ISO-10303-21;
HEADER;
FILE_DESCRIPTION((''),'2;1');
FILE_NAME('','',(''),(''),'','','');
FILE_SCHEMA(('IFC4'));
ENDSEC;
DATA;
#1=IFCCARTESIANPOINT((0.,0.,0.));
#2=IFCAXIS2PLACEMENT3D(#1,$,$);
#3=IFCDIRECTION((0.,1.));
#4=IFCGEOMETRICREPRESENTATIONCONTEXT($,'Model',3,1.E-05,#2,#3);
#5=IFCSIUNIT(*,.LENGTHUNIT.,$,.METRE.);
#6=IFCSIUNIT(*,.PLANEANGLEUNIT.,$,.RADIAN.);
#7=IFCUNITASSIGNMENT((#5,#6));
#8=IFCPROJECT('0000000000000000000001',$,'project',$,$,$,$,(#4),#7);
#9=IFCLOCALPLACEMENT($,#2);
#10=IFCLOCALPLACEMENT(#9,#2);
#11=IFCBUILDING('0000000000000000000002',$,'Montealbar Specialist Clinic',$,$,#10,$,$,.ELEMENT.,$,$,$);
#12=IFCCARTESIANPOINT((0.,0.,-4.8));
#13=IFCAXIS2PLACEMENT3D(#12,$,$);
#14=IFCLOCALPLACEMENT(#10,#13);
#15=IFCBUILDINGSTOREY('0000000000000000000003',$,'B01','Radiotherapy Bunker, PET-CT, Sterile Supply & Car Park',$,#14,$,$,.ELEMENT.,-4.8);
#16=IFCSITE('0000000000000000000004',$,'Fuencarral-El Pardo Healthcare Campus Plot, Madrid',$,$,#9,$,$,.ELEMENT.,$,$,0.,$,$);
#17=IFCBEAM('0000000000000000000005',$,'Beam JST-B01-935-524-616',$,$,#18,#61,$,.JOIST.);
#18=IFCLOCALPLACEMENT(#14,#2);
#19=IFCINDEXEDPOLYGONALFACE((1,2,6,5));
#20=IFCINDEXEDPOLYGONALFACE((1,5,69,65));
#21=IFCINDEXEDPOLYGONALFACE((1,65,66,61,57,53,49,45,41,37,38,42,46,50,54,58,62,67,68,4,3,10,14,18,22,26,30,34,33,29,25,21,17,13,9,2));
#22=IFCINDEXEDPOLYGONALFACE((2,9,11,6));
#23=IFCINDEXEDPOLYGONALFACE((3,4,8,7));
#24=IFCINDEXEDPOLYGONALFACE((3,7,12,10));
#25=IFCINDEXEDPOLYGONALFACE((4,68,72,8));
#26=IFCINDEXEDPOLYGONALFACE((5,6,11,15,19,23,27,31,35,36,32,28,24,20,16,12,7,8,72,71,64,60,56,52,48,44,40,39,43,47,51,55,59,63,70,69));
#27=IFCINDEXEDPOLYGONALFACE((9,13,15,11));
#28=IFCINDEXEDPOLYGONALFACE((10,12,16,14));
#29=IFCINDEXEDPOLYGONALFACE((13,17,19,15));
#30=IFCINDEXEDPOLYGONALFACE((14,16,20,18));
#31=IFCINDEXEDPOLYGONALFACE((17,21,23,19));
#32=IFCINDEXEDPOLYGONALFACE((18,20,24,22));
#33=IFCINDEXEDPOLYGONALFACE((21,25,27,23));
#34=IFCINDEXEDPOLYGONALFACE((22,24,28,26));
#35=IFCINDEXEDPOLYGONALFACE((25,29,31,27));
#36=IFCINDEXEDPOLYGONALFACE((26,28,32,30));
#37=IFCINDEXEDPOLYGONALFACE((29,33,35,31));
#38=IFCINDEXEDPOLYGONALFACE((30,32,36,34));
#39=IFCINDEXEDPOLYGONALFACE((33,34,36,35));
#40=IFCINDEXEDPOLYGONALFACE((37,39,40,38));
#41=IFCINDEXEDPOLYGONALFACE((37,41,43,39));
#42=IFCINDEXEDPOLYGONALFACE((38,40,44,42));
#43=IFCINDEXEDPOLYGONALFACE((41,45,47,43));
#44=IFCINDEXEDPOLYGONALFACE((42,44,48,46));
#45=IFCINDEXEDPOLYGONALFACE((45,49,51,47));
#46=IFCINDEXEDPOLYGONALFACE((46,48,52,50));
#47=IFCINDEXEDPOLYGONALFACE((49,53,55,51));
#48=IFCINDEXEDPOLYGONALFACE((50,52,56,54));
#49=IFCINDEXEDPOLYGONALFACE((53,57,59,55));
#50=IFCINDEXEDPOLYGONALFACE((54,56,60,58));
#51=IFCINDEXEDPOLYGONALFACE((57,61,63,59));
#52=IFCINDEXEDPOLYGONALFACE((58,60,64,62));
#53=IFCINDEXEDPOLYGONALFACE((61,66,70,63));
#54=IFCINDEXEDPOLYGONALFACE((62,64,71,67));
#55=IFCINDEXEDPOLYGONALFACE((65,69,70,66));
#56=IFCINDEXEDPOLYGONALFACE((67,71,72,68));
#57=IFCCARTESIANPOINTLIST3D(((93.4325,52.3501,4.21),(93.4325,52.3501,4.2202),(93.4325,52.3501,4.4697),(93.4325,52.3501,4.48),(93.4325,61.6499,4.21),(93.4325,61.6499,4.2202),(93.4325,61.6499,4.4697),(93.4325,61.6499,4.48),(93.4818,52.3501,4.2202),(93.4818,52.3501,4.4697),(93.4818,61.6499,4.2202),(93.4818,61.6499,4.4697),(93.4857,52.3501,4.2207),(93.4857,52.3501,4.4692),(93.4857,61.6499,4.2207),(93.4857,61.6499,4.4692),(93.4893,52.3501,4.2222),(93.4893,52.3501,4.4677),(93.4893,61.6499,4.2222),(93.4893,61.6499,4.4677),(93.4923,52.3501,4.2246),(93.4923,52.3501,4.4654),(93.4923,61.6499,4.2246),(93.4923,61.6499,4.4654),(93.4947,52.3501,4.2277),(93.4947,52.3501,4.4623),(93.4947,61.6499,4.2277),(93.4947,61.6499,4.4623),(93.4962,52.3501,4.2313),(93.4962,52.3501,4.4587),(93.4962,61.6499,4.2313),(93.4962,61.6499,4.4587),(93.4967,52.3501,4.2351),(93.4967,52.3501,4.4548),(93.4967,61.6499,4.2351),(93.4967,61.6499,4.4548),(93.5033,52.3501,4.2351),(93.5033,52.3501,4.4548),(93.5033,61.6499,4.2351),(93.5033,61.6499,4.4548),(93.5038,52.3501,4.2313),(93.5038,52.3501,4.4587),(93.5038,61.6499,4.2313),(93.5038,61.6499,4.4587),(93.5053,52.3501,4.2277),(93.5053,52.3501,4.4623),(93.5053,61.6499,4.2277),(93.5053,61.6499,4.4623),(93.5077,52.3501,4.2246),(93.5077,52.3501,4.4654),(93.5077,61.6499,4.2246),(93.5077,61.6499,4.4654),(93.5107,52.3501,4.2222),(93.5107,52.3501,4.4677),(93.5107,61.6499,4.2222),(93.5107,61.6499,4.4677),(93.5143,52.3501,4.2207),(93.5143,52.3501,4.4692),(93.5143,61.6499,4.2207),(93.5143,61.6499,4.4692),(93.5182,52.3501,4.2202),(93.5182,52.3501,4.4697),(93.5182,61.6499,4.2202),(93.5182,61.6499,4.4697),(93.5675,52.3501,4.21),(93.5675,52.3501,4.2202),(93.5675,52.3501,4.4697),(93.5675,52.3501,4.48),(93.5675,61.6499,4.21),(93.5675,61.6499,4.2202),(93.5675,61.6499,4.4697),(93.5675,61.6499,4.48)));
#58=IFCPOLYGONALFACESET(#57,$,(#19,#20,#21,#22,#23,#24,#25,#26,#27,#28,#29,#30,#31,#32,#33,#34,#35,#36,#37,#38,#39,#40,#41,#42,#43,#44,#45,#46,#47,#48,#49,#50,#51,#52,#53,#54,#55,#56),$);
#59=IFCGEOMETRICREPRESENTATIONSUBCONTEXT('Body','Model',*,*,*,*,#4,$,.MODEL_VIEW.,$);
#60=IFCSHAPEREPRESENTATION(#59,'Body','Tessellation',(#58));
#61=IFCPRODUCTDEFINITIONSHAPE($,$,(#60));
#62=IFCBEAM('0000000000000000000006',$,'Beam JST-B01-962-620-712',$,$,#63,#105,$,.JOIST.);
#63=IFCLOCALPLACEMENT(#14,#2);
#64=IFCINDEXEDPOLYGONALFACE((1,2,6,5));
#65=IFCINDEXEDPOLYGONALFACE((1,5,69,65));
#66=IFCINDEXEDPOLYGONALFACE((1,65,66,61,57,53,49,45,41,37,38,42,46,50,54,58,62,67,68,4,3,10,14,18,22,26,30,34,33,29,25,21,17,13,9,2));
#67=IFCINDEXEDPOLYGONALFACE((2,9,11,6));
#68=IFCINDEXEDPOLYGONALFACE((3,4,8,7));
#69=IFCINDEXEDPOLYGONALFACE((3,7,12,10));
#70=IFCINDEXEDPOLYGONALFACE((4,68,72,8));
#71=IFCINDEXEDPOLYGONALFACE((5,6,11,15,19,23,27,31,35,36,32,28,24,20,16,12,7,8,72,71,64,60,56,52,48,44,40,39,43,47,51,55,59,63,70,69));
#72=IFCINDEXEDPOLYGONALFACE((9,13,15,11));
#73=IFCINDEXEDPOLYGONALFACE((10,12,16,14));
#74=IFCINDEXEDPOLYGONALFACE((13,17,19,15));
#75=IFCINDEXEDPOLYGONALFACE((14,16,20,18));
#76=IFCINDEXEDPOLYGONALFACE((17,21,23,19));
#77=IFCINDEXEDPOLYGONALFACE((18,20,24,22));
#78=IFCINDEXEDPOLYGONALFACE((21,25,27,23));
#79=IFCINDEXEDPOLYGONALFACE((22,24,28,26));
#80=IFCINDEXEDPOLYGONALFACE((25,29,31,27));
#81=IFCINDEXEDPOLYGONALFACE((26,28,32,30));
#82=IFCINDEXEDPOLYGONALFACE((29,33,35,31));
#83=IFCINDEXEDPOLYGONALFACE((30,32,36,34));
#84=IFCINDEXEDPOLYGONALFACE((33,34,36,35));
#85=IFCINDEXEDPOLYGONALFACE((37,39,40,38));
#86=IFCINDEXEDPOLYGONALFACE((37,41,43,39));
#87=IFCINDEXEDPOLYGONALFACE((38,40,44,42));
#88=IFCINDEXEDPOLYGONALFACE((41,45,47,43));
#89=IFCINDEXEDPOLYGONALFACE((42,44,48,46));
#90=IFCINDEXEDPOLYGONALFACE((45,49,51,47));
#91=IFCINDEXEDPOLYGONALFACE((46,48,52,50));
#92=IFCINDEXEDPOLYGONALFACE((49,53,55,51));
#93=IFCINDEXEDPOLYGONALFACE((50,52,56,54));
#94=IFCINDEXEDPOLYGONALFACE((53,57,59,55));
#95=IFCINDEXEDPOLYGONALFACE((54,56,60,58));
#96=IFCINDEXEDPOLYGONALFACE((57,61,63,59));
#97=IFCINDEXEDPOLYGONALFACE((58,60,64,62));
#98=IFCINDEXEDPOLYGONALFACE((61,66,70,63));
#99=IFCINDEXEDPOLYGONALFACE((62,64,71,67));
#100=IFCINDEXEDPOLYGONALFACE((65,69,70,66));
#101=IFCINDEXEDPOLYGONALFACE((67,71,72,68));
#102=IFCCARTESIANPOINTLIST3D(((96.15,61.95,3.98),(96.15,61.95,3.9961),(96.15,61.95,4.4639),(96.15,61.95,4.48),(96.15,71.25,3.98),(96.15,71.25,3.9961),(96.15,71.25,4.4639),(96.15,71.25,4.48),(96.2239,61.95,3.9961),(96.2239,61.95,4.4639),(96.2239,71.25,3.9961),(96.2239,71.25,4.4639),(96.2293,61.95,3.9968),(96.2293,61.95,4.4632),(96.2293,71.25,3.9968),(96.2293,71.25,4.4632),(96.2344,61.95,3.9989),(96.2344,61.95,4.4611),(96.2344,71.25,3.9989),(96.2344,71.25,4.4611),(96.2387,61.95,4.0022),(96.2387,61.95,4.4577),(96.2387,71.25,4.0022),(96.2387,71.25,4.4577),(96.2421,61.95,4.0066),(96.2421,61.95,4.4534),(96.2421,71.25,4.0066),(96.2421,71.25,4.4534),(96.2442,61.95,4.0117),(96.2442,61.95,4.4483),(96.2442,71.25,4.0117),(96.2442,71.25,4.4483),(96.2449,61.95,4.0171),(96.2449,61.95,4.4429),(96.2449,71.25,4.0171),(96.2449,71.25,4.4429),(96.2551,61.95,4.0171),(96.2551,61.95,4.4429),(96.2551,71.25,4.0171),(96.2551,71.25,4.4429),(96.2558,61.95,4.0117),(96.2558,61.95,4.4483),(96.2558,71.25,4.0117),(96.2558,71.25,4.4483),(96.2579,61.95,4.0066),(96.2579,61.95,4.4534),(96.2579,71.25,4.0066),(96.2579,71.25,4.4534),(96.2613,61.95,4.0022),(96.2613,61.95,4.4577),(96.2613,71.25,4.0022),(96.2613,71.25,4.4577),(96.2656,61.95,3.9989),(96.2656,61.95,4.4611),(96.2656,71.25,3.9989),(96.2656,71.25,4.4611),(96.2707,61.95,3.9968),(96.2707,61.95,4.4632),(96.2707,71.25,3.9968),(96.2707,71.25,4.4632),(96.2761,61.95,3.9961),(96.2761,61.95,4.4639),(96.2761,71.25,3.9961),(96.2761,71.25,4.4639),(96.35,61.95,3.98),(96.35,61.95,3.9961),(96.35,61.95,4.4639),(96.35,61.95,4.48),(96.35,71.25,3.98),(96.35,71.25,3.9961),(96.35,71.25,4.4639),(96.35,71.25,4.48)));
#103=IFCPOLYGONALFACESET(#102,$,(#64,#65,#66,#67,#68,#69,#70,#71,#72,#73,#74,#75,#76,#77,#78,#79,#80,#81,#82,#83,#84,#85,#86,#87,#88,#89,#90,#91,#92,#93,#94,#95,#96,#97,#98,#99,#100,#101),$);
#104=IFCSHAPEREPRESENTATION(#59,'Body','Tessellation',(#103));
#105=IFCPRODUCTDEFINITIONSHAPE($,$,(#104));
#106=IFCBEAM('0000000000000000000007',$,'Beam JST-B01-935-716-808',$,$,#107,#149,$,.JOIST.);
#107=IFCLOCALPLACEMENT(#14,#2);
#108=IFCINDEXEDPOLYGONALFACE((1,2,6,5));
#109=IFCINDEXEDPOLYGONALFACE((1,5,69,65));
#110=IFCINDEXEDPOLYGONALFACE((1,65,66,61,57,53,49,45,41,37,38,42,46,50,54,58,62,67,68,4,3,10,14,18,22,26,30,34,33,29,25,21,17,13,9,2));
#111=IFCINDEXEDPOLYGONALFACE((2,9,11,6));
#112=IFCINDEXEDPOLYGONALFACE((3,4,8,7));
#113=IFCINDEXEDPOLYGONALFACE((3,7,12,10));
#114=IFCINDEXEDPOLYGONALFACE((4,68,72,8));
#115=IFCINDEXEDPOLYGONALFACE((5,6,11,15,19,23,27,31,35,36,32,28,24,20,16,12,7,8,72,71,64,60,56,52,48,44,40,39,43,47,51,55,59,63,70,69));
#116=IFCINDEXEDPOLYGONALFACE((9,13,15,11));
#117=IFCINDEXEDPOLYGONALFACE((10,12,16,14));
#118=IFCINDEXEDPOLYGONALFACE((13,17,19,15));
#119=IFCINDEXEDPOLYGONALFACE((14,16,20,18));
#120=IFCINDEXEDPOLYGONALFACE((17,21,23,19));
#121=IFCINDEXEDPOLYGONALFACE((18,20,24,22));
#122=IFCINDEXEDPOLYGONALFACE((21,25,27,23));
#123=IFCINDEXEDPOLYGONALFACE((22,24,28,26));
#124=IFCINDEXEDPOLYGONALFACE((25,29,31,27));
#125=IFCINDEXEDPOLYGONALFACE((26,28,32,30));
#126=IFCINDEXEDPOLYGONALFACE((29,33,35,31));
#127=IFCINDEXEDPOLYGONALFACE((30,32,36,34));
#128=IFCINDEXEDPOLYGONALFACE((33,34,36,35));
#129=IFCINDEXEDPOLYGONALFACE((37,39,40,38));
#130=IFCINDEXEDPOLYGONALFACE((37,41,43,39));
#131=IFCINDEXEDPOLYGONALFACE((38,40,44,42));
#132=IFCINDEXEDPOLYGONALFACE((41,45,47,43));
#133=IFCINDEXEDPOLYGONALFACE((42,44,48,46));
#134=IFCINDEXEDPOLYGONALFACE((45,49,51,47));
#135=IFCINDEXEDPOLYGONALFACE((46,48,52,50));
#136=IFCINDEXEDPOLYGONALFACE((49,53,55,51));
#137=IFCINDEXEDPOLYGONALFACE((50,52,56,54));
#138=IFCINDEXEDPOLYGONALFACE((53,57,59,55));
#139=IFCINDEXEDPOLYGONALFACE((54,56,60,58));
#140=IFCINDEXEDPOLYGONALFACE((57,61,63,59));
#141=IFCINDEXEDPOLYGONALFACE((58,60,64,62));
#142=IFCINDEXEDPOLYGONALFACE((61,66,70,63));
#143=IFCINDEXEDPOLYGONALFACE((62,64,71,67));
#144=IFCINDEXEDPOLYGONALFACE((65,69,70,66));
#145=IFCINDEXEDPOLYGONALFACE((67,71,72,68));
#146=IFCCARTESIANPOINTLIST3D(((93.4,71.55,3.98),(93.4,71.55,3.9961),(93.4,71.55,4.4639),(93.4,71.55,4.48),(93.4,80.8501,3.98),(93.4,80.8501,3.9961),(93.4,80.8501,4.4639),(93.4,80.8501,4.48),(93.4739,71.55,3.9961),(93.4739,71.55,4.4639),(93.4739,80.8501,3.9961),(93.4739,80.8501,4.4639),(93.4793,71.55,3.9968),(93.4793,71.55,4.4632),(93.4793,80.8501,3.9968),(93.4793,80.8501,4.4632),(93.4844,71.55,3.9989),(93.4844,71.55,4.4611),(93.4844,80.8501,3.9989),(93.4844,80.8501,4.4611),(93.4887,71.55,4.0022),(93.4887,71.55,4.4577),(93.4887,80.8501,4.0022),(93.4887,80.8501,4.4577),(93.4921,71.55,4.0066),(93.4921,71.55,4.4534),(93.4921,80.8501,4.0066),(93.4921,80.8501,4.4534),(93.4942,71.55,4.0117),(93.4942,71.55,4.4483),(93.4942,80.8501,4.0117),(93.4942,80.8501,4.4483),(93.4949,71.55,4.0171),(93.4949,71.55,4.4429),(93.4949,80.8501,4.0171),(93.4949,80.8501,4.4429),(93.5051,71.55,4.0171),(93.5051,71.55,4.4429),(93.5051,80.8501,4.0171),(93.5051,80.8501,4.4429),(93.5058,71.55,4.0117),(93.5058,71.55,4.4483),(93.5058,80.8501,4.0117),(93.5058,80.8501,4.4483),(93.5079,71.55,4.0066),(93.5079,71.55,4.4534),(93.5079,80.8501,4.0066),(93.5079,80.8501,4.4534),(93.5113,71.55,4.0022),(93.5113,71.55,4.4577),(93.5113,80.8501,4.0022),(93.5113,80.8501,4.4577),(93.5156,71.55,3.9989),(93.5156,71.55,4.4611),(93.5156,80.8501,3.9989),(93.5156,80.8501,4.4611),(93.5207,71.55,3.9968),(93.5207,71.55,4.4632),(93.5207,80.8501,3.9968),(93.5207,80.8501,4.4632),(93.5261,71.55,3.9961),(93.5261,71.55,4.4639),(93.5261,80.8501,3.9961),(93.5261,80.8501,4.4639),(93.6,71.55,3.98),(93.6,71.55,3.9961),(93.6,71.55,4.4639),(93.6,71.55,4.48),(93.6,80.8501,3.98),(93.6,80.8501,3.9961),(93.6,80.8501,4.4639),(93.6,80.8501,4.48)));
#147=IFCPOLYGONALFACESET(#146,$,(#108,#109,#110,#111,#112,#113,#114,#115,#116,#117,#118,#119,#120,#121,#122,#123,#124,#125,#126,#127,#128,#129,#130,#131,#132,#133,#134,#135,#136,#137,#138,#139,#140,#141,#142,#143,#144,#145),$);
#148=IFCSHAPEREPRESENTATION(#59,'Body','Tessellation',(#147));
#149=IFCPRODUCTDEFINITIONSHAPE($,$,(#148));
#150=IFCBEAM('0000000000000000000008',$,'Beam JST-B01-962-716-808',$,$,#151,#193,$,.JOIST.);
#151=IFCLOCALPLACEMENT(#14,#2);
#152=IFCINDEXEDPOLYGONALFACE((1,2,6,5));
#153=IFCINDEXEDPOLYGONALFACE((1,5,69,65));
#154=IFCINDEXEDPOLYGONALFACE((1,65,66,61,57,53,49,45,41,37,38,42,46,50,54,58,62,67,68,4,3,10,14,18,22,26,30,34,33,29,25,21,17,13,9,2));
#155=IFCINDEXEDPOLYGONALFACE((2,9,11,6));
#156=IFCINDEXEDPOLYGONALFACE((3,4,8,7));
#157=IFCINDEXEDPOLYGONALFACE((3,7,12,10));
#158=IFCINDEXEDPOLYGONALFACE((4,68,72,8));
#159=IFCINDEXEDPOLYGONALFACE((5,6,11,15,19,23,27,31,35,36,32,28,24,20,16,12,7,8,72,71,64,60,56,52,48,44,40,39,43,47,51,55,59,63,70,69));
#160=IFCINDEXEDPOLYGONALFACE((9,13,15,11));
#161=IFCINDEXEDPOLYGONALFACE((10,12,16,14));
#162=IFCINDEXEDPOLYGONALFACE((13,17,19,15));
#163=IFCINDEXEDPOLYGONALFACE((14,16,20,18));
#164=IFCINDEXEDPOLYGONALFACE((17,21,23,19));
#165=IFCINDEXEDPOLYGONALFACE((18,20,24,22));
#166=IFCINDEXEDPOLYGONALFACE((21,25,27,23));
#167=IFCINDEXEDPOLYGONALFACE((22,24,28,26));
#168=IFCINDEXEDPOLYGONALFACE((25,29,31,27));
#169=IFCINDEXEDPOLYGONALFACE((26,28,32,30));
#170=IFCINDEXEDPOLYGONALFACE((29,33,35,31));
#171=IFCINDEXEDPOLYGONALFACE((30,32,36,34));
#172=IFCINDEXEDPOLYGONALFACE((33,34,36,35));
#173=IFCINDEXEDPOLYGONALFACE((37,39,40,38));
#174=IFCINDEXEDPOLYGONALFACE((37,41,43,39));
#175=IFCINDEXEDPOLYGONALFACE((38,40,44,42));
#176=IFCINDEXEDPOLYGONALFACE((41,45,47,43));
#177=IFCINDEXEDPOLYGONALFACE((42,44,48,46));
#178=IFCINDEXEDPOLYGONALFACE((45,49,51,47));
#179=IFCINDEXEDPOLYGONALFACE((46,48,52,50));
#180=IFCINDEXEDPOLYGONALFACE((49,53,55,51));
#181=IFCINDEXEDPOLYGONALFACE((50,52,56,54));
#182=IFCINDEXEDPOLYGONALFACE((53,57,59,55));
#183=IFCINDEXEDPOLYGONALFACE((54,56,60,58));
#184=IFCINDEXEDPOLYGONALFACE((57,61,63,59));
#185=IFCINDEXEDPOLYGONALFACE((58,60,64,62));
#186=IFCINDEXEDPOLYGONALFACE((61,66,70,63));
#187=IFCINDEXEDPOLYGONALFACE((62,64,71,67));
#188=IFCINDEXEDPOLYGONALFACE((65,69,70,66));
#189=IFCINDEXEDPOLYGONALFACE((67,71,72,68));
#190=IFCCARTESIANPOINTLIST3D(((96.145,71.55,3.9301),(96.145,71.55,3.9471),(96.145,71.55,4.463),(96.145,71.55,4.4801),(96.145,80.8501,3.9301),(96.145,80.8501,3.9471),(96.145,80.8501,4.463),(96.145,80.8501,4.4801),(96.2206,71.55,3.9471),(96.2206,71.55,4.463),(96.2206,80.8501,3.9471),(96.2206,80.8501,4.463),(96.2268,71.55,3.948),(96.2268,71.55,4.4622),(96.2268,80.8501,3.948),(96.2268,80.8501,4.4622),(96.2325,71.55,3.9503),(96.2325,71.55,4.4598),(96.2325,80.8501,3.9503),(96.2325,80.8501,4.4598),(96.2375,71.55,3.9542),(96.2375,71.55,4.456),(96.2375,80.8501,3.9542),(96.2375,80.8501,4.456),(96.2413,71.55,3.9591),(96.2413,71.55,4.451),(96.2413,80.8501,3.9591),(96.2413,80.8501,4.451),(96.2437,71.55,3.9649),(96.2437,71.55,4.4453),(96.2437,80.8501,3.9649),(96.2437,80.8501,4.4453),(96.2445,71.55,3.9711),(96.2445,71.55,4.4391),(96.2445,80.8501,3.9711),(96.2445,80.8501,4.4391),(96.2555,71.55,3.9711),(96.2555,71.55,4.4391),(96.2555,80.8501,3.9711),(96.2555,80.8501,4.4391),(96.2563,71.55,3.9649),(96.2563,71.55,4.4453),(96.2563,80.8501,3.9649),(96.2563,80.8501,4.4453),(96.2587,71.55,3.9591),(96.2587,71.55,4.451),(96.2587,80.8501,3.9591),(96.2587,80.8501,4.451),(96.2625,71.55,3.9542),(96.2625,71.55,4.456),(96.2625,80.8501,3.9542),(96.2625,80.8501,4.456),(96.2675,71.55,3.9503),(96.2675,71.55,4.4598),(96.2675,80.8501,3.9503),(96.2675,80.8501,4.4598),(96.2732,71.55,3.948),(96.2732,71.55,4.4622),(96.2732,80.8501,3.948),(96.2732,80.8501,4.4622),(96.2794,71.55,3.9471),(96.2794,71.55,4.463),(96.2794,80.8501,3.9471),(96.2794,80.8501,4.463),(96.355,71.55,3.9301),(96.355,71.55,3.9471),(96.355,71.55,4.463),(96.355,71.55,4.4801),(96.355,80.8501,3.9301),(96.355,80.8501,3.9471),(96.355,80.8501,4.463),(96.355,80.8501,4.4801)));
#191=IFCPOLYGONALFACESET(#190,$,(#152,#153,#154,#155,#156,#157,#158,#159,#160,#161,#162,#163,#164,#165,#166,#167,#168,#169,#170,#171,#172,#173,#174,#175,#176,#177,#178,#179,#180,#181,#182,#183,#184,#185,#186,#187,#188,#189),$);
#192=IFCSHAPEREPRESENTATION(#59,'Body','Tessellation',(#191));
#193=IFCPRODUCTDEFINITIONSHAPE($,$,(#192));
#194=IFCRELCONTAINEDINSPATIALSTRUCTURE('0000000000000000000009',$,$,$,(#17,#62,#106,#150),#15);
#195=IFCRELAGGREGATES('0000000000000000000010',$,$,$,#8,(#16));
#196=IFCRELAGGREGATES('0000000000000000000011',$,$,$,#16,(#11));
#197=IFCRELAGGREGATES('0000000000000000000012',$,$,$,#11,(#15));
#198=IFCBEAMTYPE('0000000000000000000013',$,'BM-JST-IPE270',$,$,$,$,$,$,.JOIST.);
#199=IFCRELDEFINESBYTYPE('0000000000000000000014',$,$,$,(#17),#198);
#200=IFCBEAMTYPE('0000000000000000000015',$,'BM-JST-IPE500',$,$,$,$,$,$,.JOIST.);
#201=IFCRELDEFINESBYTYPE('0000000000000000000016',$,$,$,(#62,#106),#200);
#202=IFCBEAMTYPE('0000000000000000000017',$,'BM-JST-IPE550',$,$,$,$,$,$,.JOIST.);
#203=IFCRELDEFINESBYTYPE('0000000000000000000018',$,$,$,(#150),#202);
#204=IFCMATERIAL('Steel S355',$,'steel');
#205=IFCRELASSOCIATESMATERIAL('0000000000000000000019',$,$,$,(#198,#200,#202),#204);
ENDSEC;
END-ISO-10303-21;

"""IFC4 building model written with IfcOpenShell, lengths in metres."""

from ifc_helpers import new_model, si_unit, direction, frame, origin, origin_2d, place, context, subcontext, project, spatial, i_section, extrude, material, material_profile, profile_set, type_object, element, save


model = new_model("IFC4")

# Units and contexts
model_context = context("Model", 3, precision=1e-05, world=origin(), true_north=direction((0.0, 1.0)))
body_context = subcontext(model_context, "Body", "Model", "MODEL_VIEW")
ifc_project = project(units=[si_unit("LENGTHUNIT", "METRE"), si_unit("PLANEANGLEUNIT", "RADIAN")], contexts=[model_context])

# Site, building, storey
site_placement = place(None, origin())
site = spatial("IfcSite", under=ifc_project, at=site_placement, Name="Fuencarral-El Pardo Healthcare Campus Plot, Madrid", CompositionType="ELEMENT", RefElevation=0.0)
building_placement = place(site_placement, origin())
building = spatial("IfcBuilding", under=site, at=building_placement, Name="Montealbar Specialist Clinic", CompositionType="ELEMENT")
storey_placement = place(building_placement, frame((0.0, 0.0, -4.8)))
storey = spatial("IfcBuildingStorey", under=building, at=storey_placement, Name="B01", Description="Radiotherapy Bunker, PET-CT, Sterile Supply & Car Park", CompositionType="ELEMENT", Elevation=-4.8)

# Shared definitions
ifc_material_1 = material(Name="Steel S355", Category="steel")

# Beams
ifc_material_profile_1 = material_profile(ifc_material_1, i_section(OverallWidth=0.135, OverallDepth=0.27, WebThickness=0.0066, FlangeThickness=0.0103, FilletRadius=0.0149, at=origin_2d()), Name="IPE 270", Category="steel")
ifc_profile_set_1 = profile_set([ifc_material_profile_1], Name="Steel S355")
beam_type_1 = type_object("IfcBeamType", Name="BM-JST-IPE270", PredefinedType="JOIST", material=ifc_profile_set_1)
beam_1_placement = place(storey_placement, frame((93.5, 52.3501, 4.345), z_axis=(0.0, 1.0, 0.0), x_axis=(-1.0, 0.0, 0.0)))
element("IfcBeam", 1, at=beam_1_placement, inside=storey, type_object=beam_type_1, Name="Beam JST-B01-935-524-616", PredefinedType="JOIST", context=body_context, shape_type="SweptSolid", body=[
    extrude(i_section(OverallWidth=0.135, OverallDepth=0.27, WebThickness=0.0066, FlangeThickness=0.0103, FilletRadius=0.0149, at=origin_2d()), origin(), (0.0, 0.0, 1.0), 9.2998),
])
ifc_material_profile_2 = material_profile(ifc_material_1, i_section(OverallWidth=0.2, OverallDepth=0.5, WebThickness=0.0103, FlangeThickness=0.0161, FilletRadius=0.021, at=origin_2d()), Name="IPE 500", Category="steel")
ifc_profile_set_2 = profile_set([ifc_material_profile_2], Name="Steel S355")
beam_type_2 = type_object("IfcBeamType", Name="BM-JST-IPE500", PredefinedType="JOIST", material=ifc_profile_set_2)
for number, where, z_axis, x_axis, name in (
    (2, (96.25, 61.95, 4.23), (0.0, 1.0, 0.0), (-1.0, 0.0, 0.0), "Beam JST-B01-962-620-712"),
    (3, (93.5, 71.55, 4.23), (0.0, 1.0, 0.0), (-1.0, 0.0, 0.0), "Beam JST-B01-935-716-808"),
):
    element("IfcBeam", number, at=place(storey_placement, frame(where, z_axis=z_axis, x_axis=x_axis)), inside=storey, type_object=beam_type_2, Name=name, PredefinedType="JOIST", context=body_context, shape_type="SweptSolid", body=[
        extrude(i_section(OverallWidth=0.2, OverallDepth=0.5, WebThickness=0.0103, FlangeThickness=0.0161, FilletRadius=0.021, at=origin_2d()), origin(), (0.0, 0.0, 1.0), 9.3),
    ])
ifc_material_profile_3 = material_profile(ifc_material_1, i_section(OverallWidth=0.21, OverallDepth=0.55, WebThickness=0.011, FlangeThickness=0.0171, FilletRadius=0.0239, at=origin_2d()), Name="IPE 550", Category="steel")
ifc_profile_set_3 = profile_set([ifc_material_profile_3], Name="Steel S355")
beam_type_3 = type_object("IfcBeamType", Name="BM-JST-IPE550", PredefinedType="JOIST", material=ifc_profile_set_3)
beam_2_placement = place(storey_placement, frame((96.25, 71.55, 4.2051), z_axis=(0.0, 1.0, 0.0), x_axis=(-1.0, 0.0, 0.0)))
element("IfcBeam", 4, at=beam_2_placement, inside=storey, type_object=beam_type_3, Name="Beam JST-B01-962-716-808", PredefinedType="JOIST", context=body_context, shape_type="SweptSolid", body=[
    extrude(i_section(OverallWidth=0.21, OverallDepth=0.55, WebThickness=0.011, FlangeThickness=0.0171, FilletRadius=0.0239, at=origin_2d()), origin(), (0.0, 0.0, 1.0), 9.3),
])

save(model, "model.ifc")
